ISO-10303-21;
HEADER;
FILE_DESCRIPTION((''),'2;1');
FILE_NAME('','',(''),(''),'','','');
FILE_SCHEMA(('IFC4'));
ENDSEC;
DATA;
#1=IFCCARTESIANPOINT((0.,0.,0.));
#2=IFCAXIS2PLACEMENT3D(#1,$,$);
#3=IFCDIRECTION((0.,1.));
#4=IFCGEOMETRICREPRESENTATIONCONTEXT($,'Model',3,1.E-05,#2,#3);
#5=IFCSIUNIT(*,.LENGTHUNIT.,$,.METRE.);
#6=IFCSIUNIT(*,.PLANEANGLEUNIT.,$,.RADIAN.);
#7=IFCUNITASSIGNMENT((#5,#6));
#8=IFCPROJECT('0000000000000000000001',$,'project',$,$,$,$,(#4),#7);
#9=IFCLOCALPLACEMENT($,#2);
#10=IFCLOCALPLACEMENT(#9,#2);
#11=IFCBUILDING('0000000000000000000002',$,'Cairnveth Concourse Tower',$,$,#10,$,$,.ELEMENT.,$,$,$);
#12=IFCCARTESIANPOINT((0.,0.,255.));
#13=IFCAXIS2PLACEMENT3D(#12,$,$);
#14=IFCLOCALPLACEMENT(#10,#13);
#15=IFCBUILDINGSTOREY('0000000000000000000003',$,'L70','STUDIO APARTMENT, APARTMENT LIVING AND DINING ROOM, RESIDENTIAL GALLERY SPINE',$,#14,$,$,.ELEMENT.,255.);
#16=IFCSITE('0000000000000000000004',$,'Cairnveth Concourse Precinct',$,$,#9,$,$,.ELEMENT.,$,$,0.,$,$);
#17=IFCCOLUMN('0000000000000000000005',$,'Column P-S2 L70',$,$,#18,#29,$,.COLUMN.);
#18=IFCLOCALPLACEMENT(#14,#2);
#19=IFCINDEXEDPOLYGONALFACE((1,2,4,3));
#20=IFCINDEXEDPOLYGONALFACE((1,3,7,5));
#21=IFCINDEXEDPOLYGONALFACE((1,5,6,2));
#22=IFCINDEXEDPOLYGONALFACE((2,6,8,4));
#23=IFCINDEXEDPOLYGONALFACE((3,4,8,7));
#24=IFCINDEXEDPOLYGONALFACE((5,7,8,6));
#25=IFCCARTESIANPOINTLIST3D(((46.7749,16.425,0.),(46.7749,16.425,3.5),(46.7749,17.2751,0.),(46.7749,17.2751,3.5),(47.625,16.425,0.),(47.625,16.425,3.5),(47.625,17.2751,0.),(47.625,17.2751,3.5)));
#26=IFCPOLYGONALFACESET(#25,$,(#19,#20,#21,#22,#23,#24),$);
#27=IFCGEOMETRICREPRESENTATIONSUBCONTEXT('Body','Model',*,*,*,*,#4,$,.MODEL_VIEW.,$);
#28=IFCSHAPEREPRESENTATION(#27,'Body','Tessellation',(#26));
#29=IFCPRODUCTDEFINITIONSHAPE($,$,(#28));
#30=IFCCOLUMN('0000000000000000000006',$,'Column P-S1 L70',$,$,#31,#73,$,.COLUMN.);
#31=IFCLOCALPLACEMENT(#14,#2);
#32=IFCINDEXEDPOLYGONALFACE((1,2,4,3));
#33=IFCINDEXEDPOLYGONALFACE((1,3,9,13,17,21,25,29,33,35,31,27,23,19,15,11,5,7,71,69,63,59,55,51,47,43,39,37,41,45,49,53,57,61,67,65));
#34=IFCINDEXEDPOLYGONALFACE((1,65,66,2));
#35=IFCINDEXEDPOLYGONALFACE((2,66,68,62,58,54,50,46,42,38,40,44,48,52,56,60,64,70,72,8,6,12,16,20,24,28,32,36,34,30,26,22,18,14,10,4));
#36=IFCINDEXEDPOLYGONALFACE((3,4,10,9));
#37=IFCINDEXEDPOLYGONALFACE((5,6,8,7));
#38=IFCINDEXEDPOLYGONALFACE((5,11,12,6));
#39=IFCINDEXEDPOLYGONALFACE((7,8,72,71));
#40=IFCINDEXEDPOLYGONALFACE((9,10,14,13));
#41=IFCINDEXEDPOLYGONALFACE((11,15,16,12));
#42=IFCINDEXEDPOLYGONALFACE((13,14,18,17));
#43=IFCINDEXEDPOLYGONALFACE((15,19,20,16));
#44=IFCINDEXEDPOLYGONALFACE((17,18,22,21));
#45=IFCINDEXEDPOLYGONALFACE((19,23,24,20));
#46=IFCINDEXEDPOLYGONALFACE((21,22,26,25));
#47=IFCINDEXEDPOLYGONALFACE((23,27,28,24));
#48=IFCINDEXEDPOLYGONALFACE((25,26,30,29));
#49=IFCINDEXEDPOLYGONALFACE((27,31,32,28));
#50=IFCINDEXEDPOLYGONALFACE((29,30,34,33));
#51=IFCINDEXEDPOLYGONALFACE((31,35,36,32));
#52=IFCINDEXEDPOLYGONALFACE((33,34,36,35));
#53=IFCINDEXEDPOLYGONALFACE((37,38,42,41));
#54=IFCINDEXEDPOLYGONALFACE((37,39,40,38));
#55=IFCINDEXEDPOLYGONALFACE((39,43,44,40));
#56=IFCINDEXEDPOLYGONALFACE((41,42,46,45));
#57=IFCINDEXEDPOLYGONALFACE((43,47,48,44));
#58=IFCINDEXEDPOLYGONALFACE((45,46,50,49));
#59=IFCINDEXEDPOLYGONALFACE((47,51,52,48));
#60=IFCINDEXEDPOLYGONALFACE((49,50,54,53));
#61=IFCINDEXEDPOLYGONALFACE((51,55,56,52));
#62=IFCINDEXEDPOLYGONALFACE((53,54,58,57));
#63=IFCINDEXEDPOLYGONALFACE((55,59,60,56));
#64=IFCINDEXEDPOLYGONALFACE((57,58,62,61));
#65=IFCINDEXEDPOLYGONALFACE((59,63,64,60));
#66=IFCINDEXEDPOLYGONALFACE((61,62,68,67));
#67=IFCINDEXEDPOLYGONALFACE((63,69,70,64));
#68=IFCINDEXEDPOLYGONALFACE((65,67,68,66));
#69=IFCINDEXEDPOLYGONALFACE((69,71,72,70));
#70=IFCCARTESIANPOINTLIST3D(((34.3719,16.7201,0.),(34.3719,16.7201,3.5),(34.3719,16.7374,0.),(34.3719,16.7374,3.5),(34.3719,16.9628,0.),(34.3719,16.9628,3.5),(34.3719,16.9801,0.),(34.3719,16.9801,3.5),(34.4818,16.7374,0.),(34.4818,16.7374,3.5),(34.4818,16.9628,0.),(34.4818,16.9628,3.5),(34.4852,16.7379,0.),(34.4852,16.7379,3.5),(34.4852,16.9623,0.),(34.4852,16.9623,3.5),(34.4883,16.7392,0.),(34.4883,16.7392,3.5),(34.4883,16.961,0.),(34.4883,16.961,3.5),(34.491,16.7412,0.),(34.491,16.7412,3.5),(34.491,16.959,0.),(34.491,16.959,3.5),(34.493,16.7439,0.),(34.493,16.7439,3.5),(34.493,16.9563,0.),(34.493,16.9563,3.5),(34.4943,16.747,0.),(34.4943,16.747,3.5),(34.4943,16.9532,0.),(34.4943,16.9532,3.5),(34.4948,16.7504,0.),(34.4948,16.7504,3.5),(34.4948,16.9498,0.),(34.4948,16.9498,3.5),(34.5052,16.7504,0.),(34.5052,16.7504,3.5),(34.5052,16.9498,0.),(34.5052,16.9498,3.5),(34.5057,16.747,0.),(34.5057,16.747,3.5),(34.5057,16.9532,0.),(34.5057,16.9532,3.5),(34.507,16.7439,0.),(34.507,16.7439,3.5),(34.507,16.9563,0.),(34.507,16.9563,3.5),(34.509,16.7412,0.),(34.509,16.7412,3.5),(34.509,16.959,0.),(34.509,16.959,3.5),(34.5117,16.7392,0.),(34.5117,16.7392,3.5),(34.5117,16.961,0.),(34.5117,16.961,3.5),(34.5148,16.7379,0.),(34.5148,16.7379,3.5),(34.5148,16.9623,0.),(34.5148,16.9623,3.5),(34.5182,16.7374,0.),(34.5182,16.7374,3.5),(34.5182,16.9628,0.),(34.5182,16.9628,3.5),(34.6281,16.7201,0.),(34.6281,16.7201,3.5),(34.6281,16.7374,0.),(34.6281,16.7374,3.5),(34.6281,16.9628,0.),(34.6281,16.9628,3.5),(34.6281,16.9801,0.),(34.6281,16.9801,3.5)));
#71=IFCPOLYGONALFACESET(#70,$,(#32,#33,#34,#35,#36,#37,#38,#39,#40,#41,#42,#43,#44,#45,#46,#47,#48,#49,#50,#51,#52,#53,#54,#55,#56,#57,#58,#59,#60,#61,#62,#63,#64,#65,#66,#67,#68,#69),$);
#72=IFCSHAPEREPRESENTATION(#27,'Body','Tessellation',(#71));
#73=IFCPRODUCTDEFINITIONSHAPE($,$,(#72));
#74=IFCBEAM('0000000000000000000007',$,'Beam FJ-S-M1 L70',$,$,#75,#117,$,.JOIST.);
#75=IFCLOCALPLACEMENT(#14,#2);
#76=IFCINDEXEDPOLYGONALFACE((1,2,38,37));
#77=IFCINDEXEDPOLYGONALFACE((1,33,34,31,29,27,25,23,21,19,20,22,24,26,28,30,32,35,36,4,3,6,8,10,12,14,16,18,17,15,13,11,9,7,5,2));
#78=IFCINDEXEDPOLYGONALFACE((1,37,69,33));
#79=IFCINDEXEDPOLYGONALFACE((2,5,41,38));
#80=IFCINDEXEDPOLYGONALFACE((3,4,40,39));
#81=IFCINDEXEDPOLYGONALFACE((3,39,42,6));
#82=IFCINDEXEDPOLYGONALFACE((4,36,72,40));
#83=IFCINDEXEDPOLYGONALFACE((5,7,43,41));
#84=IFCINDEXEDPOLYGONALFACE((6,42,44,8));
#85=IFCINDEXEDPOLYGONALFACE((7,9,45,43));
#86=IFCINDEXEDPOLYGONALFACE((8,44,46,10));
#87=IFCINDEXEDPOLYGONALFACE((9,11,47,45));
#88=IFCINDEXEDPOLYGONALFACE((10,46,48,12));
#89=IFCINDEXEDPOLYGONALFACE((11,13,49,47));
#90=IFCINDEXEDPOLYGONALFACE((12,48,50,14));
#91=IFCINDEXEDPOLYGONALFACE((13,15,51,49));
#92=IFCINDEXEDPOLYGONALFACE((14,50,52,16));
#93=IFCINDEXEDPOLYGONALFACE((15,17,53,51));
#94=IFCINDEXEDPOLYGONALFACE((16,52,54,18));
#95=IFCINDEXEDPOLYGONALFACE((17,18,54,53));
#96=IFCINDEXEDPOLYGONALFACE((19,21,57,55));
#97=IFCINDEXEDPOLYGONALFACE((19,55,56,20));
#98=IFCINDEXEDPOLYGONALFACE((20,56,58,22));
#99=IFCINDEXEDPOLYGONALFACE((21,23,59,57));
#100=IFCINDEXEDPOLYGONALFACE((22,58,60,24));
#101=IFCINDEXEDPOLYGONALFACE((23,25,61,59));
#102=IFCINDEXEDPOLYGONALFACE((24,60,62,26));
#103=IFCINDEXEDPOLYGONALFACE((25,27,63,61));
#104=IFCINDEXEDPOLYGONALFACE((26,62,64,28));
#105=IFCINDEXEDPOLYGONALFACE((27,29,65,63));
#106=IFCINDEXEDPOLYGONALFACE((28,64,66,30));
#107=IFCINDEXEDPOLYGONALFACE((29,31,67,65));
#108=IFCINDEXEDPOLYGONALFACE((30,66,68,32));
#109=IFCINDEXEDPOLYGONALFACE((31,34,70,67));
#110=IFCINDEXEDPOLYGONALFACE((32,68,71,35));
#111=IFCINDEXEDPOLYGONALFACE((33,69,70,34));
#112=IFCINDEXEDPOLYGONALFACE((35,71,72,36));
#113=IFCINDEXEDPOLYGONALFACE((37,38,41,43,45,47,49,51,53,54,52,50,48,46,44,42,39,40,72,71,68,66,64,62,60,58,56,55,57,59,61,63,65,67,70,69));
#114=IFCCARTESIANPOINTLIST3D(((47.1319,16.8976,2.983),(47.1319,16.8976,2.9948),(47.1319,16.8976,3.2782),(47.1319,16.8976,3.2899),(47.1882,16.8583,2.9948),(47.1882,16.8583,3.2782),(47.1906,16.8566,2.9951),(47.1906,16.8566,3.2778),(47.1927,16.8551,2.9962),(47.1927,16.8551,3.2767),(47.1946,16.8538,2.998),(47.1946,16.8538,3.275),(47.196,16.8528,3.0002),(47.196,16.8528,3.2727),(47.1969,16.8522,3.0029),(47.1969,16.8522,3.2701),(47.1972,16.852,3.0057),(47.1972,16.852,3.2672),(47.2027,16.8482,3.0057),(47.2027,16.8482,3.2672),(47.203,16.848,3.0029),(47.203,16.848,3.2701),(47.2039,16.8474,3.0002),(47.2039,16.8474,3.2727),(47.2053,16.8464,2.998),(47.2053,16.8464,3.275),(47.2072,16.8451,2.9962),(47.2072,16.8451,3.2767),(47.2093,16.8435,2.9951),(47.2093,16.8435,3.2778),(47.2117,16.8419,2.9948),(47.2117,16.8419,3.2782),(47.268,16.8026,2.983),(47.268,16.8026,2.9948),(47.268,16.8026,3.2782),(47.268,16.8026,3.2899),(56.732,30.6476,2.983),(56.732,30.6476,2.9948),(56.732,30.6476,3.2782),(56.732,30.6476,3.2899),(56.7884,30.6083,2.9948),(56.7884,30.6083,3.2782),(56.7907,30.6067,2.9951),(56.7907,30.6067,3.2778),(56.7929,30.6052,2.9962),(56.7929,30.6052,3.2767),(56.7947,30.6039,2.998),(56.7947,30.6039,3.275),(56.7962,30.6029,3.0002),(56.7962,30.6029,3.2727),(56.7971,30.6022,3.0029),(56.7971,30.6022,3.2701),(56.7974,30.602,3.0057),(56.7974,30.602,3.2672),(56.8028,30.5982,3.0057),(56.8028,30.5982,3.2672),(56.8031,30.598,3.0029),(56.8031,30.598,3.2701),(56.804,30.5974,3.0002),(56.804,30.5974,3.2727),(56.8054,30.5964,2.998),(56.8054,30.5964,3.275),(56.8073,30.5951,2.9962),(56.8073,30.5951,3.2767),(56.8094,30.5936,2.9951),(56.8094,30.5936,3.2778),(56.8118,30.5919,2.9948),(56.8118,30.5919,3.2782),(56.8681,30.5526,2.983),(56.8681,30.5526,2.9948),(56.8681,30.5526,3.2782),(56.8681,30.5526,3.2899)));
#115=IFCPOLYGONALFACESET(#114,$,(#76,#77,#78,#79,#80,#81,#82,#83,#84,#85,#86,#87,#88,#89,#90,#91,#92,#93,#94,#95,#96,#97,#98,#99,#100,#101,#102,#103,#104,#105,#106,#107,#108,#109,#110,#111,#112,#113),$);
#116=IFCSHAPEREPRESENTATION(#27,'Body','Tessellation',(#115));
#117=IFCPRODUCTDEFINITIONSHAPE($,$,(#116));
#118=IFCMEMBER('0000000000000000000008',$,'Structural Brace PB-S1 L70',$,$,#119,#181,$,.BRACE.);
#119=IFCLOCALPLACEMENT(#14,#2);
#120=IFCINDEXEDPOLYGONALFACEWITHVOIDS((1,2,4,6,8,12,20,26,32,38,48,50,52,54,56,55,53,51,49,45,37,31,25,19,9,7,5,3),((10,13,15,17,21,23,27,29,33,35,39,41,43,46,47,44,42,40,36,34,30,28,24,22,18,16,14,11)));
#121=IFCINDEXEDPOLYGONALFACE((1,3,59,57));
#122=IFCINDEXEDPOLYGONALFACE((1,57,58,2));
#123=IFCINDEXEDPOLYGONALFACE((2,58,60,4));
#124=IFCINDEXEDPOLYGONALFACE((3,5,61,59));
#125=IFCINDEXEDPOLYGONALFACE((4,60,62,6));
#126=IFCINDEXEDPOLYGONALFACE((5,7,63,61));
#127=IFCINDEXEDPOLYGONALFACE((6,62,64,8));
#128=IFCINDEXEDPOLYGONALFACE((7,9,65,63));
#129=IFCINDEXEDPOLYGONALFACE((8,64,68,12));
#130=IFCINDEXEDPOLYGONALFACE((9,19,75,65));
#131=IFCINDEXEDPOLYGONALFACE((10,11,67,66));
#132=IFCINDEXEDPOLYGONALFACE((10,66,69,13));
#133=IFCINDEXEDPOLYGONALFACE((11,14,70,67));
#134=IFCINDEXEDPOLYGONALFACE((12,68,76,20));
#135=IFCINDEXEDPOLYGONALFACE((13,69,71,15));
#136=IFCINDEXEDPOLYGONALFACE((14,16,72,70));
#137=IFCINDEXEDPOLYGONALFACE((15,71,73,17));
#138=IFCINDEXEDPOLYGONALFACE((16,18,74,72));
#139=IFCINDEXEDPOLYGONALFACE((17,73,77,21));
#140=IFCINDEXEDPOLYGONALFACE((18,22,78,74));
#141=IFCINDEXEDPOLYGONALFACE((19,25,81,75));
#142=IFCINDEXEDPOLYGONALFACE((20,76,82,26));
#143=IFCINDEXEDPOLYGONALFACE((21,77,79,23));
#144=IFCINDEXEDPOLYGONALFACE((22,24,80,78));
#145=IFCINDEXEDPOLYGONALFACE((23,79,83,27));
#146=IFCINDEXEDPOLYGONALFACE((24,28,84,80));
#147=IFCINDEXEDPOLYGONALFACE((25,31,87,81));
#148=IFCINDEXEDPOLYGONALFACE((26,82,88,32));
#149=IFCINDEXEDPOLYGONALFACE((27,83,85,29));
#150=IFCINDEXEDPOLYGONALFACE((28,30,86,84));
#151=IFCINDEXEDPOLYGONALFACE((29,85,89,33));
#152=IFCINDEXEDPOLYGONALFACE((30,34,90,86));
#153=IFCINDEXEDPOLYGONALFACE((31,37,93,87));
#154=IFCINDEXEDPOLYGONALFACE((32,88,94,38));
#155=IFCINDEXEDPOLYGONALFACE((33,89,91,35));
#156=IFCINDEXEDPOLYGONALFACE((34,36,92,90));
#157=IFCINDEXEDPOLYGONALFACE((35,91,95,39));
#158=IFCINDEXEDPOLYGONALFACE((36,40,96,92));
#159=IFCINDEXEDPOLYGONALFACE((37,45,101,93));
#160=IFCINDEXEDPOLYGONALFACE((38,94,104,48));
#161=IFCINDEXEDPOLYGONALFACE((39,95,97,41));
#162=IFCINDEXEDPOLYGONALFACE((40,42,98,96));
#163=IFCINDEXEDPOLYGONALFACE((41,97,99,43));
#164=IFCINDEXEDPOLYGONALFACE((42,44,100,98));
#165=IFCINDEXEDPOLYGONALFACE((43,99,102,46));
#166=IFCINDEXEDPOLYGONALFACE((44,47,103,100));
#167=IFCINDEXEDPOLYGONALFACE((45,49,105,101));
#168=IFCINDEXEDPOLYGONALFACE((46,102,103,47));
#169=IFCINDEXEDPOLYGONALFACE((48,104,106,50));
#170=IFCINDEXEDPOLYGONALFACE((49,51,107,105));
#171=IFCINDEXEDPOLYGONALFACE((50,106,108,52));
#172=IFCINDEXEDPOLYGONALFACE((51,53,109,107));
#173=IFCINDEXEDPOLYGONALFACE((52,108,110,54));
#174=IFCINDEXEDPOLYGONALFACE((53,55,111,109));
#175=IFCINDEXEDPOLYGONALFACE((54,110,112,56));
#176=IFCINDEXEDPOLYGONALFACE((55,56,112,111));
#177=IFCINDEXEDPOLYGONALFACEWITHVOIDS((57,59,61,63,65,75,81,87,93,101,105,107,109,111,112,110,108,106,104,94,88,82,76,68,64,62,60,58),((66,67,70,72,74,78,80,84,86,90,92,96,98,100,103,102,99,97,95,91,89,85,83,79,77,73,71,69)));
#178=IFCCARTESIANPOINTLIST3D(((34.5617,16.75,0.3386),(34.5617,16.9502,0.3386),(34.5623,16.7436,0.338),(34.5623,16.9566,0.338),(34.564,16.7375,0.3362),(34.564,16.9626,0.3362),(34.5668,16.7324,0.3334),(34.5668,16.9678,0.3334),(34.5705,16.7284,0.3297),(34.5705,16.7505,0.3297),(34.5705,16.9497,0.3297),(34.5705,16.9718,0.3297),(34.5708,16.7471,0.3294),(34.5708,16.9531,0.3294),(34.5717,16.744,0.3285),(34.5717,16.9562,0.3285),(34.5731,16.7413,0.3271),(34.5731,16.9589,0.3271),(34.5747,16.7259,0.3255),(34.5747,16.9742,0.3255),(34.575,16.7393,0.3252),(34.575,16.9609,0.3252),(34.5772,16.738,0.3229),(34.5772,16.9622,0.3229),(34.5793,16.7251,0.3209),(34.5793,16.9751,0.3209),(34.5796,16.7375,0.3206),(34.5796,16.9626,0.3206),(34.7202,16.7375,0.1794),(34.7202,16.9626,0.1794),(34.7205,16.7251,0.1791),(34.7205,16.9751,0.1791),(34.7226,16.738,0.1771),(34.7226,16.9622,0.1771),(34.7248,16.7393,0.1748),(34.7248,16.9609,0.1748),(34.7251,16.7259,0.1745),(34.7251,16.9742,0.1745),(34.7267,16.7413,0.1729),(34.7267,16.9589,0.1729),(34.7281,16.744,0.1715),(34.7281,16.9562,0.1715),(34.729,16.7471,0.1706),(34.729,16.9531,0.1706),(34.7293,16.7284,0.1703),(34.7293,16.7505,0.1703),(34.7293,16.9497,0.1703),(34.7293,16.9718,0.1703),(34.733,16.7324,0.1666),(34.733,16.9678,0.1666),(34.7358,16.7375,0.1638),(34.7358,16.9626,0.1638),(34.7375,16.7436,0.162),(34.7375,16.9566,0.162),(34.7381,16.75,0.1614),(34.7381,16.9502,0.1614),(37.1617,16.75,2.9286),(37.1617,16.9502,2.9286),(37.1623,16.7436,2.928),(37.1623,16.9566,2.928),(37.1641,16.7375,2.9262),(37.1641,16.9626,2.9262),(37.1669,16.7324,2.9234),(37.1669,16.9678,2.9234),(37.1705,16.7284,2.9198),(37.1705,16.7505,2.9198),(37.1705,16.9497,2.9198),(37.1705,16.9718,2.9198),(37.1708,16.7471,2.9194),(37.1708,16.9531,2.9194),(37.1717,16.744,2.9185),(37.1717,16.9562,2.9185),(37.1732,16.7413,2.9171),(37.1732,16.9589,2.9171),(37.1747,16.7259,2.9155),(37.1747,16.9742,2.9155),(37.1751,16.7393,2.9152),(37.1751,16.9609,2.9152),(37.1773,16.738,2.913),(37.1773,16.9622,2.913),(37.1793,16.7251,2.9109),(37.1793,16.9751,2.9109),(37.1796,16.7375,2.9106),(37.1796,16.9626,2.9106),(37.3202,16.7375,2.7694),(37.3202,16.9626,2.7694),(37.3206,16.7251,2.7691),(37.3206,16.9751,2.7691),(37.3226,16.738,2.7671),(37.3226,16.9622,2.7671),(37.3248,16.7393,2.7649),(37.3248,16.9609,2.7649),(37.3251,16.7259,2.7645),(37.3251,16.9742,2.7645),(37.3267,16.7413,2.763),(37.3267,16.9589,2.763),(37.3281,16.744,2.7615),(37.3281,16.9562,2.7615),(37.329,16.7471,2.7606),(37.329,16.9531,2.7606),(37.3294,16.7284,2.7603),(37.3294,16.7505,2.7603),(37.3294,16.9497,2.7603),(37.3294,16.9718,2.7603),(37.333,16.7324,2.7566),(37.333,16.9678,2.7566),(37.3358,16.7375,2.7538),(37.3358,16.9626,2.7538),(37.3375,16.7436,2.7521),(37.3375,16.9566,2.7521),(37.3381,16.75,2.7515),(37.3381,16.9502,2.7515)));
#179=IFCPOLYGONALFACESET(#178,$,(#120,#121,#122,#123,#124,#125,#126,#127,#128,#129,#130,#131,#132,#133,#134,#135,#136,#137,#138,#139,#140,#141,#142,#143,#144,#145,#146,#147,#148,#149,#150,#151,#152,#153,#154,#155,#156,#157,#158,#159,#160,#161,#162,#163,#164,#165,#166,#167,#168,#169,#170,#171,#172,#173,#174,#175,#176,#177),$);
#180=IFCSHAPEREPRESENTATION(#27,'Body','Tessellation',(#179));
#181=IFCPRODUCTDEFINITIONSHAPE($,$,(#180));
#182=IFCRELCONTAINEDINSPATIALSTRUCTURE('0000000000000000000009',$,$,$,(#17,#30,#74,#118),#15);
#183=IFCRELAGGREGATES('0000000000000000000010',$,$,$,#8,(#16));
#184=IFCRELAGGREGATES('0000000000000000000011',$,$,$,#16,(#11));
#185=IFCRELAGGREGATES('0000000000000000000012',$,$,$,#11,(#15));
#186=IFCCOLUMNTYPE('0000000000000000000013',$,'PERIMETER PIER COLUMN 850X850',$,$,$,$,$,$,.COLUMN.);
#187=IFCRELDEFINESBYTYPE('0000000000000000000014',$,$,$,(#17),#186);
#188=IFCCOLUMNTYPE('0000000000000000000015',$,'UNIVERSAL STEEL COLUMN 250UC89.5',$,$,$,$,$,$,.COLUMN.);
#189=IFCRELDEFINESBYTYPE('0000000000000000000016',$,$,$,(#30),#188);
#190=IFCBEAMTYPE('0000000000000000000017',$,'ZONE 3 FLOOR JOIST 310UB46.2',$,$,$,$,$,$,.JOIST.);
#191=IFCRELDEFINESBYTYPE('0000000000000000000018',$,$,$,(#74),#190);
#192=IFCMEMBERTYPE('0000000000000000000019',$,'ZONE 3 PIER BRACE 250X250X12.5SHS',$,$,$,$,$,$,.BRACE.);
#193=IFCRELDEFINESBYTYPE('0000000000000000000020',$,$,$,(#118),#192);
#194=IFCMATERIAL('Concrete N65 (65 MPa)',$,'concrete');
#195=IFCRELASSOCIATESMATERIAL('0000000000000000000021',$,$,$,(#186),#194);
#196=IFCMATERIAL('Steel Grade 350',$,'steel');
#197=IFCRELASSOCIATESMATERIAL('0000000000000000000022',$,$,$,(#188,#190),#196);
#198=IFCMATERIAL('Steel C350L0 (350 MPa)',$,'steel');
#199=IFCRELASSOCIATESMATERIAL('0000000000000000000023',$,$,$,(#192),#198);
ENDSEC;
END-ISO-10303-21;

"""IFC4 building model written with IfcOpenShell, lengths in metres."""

from ifc_helpers import new_model, si_unit, direction, frame, origin, origin_2d, place, context, subcontext, project, spatial, rectangle, hollow_rectangle, i_section, extrude, material, material_profile, profile_set, type_object, element, save


model = new_model("IFC4")

# Units and contexts
model_context = context("Model", 3, precision=1e-05, world=origin(), true_north=direction((0.0, 1.0)))
body_context = subcontext(model_context, "Body", "Model", "MODEL_VIEW")
ifc_project = project(units=[si_unit("LENGTHUNIT", "METRE"), si_unit("PLANEANGLEUNIT", "RADIAN")], contexts=[model_context])

# Site, building, storey
site_placement = place(None, origin())
site = spatial("IfcSite", under=ifc_project, at=site_placement, Name="Cairnveth Concourse Precinct", CompositionType="ELEMENT", RefElevation=0.0)
building_placement = place(site_placement, origin())
building = spatial("IfcBuilding", under=site, at=building_placement, Name="Cairnveth Concourse Tower", CompositionType="ELEMENT")
storey_placement = place(building_placement, frame((0.0, 0.0, 255.0)))
storey = spatial("IfcBuildingStorey", under=building, at=storey_placement, Name="L70", Description="STUDIO APARTMENT, APARTMENT LIVING AND DINING ROOM, RESIDENTIAL GALLERY SPINE", CompositionType="ELEMENT", Elevation=255.0)

# Columns
ifc_material_1 = material(Name="Concrete N65 (65 MPa)", Category="concrete")
ifc_material_profile_1 = material_profile(ifc_material_1, rectangle(XDim=0.8501, YDim=0.8501, at=origin_2d()), Name="RC-COL-850x850")
ifc_profile_set_1 = profile_set([ifc_material_profile_1], Name="Concrete N65 (65 MPa)")
column_type_1 = type_object("IfcColumnType", Name="PERIMETER PIER COLUMN 850X850", PredefinedType="COLUMN", material=ifc_profile_set_1)
column_1_placement = place(storey_placement, frame((47.2, 16.8501, 0.0), z_axis=(0.0, 0.0, 1.0), x_axis=(1.0, 0.0, 0.0)))
element("IfcColumn", 1, at=column_1_placement, inside=storey, type_object=column_type_1, Name="Column P-S2 L70", PredefinedType="COLUMN", context=body_context, shape_type="SweptSolid", body=[
    extrude(rectangle(XDim=0.8501, YDim=0.8501, at=origin_2d()), origin(), (0.0, 0.0, 1.0), 3.5),
])
ifc_material_2 = material(Name="Steel Grade 350", Category="steel")
ifc_material_profile_2 = material_profile(ifc_material_2, i_section(OverallWidth=0.2561, OverallDepth=0.26, WebThickness=0.0105, FlangeThickness=0.0173, FilletRadius=0.0129, at=origin_2d()), Name="250UC89.5")
ifc_profile_set_2 = profile_set([ifc_material_profile_2], Name="Steel Grade 350")
column_type_2 = type_object("IfcColumnType", Name="UNIVERSAL STEEL COLUMN 250UC89.5", PredefinedType="COLUMN", material=ifc_profile_set_2)
column_2_placement = place(storey_placement, frame((34.5, 16.8501, 0.0), z_axis=(0.0, 0.0, 1.0), x_axis=(1.0, 0.0, 0.0)))
element("IfcColumn", 2, at=column_2_placement, inside=storey, type_object=column_type_2, Name="Column P-S1 L70", PredefinedType="COLUMN", context=body_context, shape_type="SweptSolid", body=[
    extrude(i_section(OverallWidth=0.2561, OverallDepth=0.26, WebThickness=0.0105, FlangeThickness=0.0173, FilletRadius=0.0129, at=origin_2d()), origin(), (0.0, 0.0, 1.0), 3.5),
])

# Beam
ifc_material_profile_3 = material_profile(ifc_material_2, i_section(OverallWidth=0.166, OverallDepth=0.3069, WebThickness=0.0066, FlangeThickness=0.0117, FilletRadius=0.011, at=origin_2d()), Name="310UB46.2")
ifc_profile_set_3 = profile_set([ifc_material_profile_3], Name="Steel Grade 350")
beam_type_1 = type_object("IfcBeamType", Name="ZONE 3 FLOOR JOIST 310UB46.2", PredefinedType="JOIST", material=ifc_profile_set_3)
beam_1_placement = place(storey_placement, frame((47.2, 16.8501, 3.1365), z_axis=(0.572465, 0.819929, 0.0), x_axis=(-0.819929, 0.572465, 0.0)))
element("IfcBeam", 3, at=beam_1_placement, inside=storey, type_object=beam_type_1, Name="Beam FJ-S-M1 L70", PredefinedType="JOIST", context=body_context, shape_type="SweptSolid", body=[
    extrude(i_section(OverallWidth=0.166, OverallDepth=0.3069, WebThickness=0.0066, FlangeThickness=0.0117, FilletRadius=0.011, at=origin_2d()), origin(), (0.0, 0.0, 1.0), 16.7698),
])

# Member
ifc_material_3 = material(Name="Steel C350L0 (350 MPa)", Category="steel")
ifc_material_profile_4 = material_profile(ifc_material_3, hollow_rectangle(XDim=0.25, YDim=0.25, WallThickness=0.0125, InnerFilletRadius=0.0129, OuterFilletRadius=0.0249, at=origin_2d()), Name="250x250x12.5SHS")
ifc_profile_set_4 = profile_set([ifc_material_profile_4], Name="Steel C350L0 (350 MPa)")
member_type = type_object("IfcMemberType", Name="ZONE 3 PIER BRACE 250X250X12.5SHS", PredefinedType="BRACE", material=ifc_profile_set_4)
member_placement = place(storey_placement, frame((34.6499, 16.8501, 0.25), z_axis=(0.708469, 0.0, 0.705742), x_axis=(0.0, 1.0, 0.0)))
element("IfcMember", 4, at=member_placement, inside=storey, type_object=member_type, Name="Structural Brace PB-S1 L70", PredefinedType="BRACE", context=body_context, shape_type="SweptSolid", body=[
    extrude(hollow_rectangle(XDim=0.25, YDim=0.25, WallThickness=0.0125, InnerFilletRadius=0.0129, OuterFilletRadius=0.0249, at=origin_2d()), origin(), (0.0, 0.0, 1.0), 3.6699),
])

save(model, "model.ifc")
